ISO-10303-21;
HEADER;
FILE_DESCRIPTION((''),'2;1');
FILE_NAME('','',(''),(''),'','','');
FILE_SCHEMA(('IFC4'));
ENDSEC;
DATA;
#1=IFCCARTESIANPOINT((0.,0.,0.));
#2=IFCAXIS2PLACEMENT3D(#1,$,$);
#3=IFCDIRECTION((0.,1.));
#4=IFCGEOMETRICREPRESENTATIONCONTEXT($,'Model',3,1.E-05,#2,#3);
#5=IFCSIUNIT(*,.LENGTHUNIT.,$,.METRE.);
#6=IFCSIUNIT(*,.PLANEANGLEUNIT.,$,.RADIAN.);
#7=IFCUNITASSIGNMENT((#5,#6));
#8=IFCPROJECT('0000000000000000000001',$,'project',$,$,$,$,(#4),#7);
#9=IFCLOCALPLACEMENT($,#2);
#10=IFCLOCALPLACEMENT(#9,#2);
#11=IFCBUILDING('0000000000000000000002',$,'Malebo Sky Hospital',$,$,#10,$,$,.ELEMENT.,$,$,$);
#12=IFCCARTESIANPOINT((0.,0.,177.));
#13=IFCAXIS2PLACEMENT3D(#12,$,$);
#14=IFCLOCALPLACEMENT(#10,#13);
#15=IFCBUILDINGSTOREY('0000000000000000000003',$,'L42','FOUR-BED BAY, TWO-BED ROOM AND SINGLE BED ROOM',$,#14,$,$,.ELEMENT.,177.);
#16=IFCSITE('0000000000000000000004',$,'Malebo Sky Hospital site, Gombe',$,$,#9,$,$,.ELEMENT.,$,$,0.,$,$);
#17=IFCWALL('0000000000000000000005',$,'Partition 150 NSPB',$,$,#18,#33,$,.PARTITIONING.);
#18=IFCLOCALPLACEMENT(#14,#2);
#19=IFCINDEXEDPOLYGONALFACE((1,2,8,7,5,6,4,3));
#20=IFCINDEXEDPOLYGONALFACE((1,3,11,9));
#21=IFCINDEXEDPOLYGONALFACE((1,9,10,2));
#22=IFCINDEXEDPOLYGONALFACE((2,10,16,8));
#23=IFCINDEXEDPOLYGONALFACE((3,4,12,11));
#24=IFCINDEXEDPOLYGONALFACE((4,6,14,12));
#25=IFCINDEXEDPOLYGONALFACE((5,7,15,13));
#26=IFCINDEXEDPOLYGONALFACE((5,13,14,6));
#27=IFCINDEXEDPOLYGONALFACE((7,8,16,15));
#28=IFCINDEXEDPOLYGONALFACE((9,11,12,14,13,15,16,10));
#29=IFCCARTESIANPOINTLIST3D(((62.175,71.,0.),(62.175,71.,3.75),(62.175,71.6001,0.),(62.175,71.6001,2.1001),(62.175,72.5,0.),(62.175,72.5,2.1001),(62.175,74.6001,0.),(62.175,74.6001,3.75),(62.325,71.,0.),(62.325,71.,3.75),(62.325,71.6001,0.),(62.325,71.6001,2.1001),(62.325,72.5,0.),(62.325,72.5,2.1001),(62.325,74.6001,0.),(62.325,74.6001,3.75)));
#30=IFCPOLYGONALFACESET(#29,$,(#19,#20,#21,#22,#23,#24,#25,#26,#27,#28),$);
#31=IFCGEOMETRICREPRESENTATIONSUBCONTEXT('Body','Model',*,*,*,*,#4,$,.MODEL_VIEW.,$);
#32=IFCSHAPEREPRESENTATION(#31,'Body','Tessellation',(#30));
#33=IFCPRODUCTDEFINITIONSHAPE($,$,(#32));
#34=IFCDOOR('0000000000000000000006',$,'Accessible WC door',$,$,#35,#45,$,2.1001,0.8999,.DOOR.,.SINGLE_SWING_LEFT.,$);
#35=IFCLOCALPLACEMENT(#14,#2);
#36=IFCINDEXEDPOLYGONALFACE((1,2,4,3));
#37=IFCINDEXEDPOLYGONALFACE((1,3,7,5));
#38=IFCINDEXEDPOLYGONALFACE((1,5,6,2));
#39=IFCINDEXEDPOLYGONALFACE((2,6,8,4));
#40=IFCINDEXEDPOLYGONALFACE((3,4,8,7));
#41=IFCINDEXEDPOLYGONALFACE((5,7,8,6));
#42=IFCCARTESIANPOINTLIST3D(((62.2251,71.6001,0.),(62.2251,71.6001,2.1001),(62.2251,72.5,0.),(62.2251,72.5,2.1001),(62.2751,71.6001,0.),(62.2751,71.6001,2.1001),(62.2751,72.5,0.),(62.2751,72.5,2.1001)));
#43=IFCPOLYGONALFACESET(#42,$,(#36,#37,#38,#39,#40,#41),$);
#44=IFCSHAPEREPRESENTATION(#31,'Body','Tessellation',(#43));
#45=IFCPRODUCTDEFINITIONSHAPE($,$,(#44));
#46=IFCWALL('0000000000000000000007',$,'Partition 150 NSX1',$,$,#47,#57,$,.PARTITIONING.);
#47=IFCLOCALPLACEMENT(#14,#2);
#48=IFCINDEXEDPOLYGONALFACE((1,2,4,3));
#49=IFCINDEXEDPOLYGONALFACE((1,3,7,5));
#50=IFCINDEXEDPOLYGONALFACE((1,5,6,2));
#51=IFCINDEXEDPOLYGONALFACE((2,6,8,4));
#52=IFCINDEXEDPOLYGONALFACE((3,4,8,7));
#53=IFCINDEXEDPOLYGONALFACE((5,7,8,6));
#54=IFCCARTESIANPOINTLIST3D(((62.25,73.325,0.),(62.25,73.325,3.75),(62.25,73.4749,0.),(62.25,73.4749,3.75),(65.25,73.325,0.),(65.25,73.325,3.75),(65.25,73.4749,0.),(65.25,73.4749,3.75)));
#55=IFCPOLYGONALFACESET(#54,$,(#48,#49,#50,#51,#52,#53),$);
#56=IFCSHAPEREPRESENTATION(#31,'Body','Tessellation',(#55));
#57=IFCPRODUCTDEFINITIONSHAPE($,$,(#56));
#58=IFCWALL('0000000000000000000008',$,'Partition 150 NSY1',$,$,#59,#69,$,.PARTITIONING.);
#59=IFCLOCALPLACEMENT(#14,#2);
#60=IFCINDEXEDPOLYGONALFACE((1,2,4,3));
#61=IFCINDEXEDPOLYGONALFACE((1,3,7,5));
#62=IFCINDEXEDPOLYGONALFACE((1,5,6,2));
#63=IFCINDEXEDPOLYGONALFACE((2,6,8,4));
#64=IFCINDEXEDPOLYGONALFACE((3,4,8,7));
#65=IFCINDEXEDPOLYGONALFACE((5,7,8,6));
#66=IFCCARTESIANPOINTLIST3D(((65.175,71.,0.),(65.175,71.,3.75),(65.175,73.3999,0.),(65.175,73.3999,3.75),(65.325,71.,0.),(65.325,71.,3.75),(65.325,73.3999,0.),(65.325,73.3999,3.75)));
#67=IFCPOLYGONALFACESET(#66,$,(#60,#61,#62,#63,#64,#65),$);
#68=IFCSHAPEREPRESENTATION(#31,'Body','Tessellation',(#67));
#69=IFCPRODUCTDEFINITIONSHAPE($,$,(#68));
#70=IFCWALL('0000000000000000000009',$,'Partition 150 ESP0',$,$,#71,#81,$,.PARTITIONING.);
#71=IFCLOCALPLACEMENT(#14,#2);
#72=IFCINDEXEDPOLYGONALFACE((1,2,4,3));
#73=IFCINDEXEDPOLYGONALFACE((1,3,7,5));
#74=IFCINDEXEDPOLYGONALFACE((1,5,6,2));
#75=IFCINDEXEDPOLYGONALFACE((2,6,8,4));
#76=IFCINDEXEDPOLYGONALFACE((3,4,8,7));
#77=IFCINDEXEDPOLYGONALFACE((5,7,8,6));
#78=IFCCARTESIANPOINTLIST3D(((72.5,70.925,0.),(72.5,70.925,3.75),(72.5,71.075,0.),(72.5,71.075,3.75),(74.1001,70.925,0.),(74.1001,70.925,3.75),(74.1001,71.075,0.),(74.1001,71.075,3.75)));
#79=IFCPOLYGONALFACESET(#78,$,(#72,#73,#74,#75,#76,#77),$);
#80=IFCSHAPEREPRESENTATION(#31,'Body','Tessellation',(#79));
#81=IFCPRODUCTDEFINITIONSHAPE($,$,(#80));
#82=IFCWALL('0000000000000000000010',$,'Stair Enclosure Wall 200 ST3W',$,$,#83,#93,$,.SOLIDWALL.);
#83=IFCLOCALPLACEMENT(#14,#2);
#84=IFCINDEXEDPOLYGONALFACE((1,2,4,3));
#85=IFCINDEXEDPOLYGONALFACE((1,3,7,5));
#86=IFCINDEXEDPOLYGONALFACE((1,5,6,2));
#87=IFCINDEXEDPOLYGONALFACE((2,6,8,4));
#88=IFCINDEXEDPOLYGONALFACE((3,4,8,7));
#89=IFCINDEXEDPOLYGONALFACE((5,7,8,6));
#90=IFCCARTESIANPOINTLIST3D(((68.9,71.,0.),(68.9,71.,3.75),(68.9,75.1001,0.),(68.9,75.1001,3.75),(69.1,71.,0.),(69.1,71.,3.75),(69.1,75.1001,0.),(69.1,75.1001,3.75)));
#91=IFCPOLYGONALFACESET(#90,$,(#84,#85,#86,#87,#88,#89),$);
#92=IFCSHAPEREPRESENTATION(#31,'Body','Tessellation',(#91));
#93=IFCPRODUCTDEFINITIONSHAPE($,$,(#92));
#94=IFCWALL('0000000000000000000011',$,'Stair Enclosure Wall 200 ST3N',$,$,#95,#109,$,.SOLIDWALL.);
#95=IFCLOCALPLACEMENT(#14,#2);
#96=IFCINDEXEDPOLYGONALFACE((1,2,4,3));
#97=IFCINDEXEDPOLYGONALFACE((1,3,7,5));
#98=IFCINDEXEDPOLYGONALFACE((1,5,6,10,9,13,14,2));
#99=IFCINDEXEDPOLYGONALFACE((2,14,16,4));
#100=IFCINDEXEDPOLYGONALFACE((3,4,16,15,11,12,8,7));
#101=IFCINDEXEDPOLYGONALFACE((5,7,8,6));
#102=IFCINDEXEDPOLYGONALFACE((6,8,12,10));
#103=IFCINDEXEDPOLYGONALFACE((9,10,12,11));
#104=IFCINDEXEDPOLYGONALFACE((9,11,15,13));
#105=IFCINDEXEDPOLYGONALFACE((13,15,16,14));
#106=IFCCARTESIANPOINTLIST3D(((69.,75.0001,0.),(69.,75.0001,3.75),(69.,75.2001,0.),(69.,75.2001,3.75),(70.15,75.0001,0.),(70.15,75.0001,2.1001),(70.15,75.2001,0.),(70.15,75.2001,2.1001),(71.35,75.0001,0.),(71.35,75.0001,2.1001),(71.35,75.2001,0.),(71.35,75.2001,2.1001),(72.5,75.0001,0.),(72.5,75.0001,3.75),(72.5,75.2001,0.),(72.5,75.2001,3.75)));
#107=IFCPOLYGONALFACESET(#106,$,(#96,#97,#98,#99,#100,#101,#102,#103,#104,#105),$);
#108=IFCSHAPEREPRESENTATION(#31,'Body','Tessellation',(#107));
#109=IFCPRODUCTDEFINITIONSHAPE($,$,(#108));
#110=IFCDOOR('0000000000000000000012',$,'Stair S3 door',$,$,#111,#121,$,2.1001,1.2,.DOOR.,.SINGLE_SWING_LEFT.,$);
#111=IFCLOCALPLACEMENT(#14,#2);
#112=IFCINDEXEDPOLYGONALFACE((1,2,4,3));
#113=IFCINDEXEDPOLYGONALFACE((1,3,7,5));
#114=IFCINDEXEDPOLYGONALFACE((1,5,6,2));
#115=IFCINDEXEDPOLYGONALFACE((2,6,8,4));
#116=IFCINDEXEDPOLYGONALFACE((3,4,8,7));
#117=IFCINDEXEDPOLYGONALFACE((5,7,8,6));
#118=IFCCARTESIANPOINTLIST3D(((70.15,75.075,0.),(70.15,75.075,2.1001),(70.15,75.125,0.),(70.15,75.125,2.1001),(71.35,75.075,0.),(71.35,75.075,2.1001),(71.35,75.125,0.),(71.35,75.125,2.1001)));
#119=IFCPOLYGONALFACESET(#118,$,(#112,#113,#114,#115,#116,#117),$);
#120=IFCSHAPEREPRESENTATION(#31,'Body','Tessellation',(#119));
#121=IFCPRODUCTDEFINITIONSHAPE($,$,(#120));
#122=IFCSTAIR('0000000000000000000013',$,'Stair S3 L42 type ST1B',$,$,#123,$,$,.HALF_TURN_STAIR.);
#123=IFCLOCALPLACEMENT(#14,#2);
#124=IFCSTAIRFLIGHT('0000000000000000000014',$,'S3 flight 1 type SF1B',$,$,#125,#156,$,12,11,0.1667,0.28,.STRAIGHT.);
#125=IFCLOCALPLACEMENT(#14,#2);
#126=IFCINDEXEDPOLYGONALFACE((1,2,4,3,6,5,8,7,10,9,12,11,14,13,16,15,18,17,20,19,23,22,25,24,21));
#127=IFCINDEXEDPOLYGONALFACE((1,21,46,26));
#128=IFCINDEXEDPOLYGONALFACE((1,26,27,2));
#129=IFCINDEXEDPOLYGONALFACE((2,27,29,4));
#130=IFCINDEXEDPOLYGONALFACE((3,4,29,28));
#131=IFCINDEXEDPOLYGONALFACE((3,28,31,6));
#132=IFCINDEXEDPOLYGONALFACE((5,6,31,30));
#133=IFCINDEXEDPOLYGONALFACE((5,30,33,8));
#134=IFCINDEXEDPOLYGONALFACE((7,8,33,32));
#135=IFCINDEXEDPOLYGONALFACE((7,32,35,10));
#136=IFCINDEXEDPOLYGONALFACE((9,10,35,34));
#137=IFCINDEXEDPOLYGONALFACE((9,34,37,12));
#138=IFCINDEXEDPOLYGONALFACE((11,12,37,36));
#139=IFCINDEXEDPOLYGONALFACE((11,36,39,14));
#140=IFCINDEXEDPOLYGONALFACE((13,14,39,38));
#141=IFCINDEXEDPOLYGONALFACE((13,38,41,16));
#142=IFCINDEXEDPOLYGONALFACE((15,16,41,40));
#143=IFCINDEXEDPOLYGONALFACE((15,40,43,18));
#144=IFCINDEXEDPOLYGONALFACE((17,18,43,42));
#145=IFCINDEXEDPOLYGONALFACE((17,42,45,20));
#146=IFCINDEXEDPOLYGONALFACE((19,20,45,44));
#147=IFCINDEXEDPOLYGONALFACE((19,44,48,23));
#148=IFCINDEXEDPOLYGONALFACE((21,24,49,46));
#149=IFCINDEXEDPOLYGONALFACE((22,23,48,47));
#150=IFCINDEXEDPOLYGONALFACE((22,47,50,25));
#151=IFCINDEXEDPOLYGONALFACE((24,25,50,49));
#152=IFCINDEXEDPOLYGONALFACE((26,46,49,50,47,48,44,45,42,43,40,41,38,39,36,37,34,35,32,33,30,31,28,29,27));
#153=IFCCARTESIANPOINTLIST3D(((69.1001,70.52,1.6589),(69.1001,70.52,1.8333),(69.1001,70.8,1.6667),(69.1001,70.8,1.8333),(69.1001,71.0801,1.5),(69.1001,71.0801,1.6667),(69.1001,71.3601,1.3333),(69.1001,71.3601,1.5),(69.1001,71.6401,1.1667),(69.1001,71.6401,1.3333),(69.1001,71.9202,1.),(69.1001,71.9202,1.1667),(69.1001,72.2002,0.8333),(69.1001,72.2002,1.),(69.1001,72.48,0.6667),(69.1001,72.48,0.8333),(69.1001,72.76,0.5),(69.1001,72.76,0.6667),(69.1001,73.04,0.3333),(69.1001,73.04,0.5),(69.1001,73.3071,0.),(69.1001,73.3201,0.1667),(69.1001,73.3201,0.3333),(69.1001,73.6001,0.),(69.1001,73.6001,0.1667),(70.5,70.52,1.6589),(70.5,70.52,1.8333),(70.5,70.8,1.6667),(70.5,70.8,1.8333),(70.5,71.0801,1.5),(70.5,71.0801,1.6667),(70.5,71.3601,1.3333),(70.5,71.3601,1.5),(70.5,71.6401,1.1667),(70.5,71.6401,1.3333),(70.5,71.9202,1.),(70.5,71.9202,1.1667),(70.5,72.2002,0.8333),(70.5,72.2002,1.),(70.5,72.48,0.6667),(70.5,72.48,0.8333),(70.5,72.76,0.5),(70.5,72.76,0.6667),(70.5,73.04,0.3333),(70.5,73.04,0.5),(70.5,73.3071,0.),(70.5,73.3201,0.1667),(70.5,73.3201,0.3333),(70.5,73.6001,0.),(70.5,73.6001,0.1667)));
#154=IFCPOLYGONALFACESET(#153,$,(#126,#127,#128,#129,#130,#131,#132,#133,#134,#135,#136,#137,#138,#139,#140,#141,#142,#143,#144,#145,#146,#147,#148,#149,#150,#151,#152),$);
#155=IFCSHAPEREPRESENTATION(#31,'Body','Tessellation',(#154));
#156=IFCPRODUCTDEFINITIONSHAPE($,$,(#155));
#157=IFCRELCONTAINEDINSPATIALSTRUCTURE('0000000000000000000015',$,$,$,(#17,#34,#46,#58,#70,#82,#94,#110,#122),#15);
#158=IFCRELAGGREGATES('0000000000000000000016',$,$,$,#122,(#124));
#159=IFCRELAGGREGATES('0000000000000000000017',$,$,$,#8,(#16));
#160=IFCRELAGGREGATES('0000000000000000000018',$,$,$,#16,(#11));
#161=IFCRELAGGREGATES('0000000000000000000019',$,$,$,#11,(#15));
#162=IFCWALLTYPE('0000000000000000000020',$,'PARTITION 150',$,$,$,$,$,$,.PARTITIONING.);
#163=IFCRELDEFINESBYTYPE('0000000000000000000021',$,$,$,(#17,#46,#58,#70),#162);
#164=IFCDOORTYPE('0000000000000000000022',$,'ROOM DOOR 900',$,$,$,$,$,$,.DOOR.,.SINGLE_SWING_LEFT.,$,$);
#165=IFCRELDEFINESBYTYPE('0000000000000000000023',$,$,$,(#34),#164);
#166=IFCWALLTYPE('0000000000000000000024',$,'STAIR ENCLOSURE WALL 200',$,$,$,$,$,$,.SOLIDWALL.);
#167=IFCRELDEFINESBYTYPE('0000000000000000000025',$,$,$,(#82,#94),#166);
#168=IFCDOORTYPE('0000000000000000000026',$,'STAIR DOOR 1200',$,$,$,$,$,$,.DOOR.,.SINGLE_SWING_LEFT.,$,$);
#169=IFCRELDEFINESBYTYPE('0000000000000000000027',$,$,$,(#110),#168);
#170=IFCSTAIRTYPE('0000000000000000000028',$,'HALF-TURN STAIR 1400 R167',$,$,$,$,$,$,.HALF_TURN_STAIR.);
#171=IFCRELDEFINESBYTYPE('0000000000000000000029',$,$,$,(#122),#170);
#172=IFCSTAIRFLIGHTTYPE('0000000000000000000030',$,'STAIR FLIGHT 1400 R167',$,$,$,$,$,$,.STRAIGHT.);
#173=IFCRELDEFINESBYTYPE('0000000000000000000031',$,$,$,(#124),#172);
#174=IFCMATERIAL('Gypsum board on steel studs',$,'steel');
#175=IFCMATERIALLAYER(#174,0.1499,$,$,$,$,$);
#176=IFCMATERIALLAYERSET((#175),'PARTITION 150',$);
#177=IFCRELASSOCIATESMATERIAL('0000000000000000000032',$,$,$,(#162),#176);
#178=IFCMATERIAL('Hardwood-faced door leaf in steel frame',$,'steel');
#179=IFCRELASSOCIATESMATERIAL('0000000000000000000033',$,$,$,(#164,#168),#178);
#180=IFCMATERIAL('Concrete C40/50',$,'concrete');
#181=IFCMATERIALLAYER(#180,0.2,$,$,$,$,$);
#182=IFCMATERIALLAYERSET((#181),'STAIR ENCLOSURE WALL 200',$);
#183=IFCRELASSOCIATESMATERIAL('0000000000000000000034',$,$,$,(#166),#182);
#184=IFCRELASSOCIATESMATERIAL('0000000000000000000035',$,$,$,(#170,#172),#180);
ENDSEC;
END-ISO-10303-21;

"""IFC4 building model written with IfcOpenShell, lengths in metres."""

from ifc_helpers import new_model, si_unit, direction, frame, frame_2d, origin, place, context, subcontext, project, spatial, polyline, rectangle, outline, extrude, material, layer, layer_set, type_object, element, fill, aggregate, save


model = new_model("IFC4")

# Units and contexts
model_context = context("Model", 3, precision=1e-05, world=origin(), true_north=direction((0.0, 1.0)))
body_context = subcontext(model_context, "Body", "Model", "MODEL_VIEW")
ifc_project = project(units=[si_unit("LENGTHUNIT", "METRE"), si_unit("PLANEANGLEUNIT", "RADIAN")], contexts=[model_context])

# Site, building, storey
site_placement = place(None, origin())
site = spatial("IfcSite", under=ifc_project, at=site_placement, Name="Malebo Sky Hospital site, Gombe", CompositionType="ELEMENT", RefElevation=0.0)
building_placement = place(site_placement, origin())
building = spatial("IfcBuilding", under=site, at=building_placement, Name="Malebo Sky Hospital", CompositionType="ELEMENT")
storey_placement = place(building_placement, frame((0.0, 0.0, 177.0)))
storey = spatial("IfcBuildingStorey", under=building, at=storey_placement, Name="L42", Description="FOUR-BED BAY, TWO-BED ROOM AND SINGLE BED ROOM", CompositionType="ELEMENT", Elevation=177.0)

# Shared definitions
ifc_material_1 = material(Name="Gypsum board on steel studs", Category="steel")
ifc_material_2 = material(Name="Hardwood-faced door leaf in steel frame", Category="steel")

# Wall, opening, door
ifc_layer_1 = layer(ifc_material_1, 0.1499)
ifc_layer_set_1 = layer_set([ifc_layer_1], Name="PARTITION 150")
wall_type_1 = type_object("IfcWallType", Name="PARTITION 150", PredefinedType="PARTITIONING", material=ifc_layer_set_1)
wall_1_placement = place(storey_placement, frame((62.25, 71.0, 0.0), z_axis=(0.0, 0.0, 1.0), x_axis=(0.0, 1.0, 0.0)))
wall_1 = element("IfcWall", 1, at=wall_1_placement, inside=storey, type_object=wall_type_1, Name="Partition 150 NSPB", PredefinedType="PARTITIONING", context=body_context, shape_type="SweptSolid", body=[
    extrude(rectangle(XDim=3.6001, YDim=0.1499, at=frame_2d((1.8, 0.0))), origin(), (0.0, 0.0, 1.0), 3.75),
])
opening_1_placement = place(wall_1_placement, frame((0.6001, 0.0, 0.0)))
opening_1 = element("IfcOpeningElement", 2, at=opening_1_placement, cuts=wall_1, PredefinedType="OPENING", context=body_context, shape_type="SweptSolid", body=[
    extrude(rectangle(XDim=0.8999, YDim=2.1001, at=frame_2d((0.45, 1.05))), frame((0.0, 0.085, 0.0), z_axis=(0.0, -1.0, 0.0), x_axis=(1.0, 0.0, 0.0)), (0.0, 0.0, 1.0), 0.1699),
])
door_type_1 = type_object("IfcDoorType", Name="ROOM DOOR 900", OperationType="SINGLE_SWING_LEFT", PredefinedType="DOOR", material=ifc_material_2)
door_1_placement = place(opening_1_placement, origin())
door_1 = element("IfcDoor", 3, at=door_1_placement, inside=storey, type_object=door_type_1, Name="Accessible WC door", OperationType="SINGLE_SWING_LEFT", OverallHeight=2.1001, OverallWidth=0.8999, PredefinedType="DOOR", context=body_context, shape_type="SweptSolid", body=[
    extrude(rectangle(XDim=0.8999, YDim=2.1001, at=frame_2d((0.45, 1.05))), frame((0.0, 0.0249, 0.0), z_axis=(0.0, -1.0, 0.0), x_axis=(1.0, 0.0, 0.0)), (0.0, 0.0, 1.0), 0.05),
])
fill(opening_1, door_1)

# Walls
wall_2_placement = place(storey_placement, frame((62.25, 73.3999, 0.0), z_axis=(0.0, 0.0, 1.0), x_axis=(1.0, 0.0, 0.0)))
element("IfcWall", 4, at=wall_2_placement, inside=storey, type_object=wall_type_1, Name="Partition 150 NSX1", PredefinedType="PARTITIONING", context=body_context, shape_type="SweptSolid", body=[
    extrude(rectangle(XDim=3.0, YDim=0.1499, at=frame_2d((1.5, 0.0))), origin(), (0.0, 0.0, 1.0), 3.75),
])
wall_3_placement = place(storey_placement, frame((65.25, 71.0, 0.0), z_axis=(0.0, 0.0, 1.0), x_axis=(0.0, 1.0, 0.0)))
element("IfcWall", 5, at=wall_3_placement, inside=storey, type_object=wall_type_1, Name="Partition 150 NSY1", PredefinedType="PARTITIONING", context=body_context, shape_type="SweptSolid", body=[
    extrude(rectangle(XDim=2.3999, YDim=0.1499, at=frame_2d((1.2, 0.0))), origin(), (0.0, 0.0, 1.0), 3.75),
])
wall_4_placement = place(storey_placement, frame((72.5, 71.0, 0.0), z_axis=(0.0, 0.0, 1.0), x_axis=(1.0, 0.0, 0.0)))
element("IfcWall", 6, at=wall_4_placement, inside=storey, type_object=wall_type_1, Name="Partition 150 ESP0", PredefinedType="PARTITIONING", context=body_context, shape_type="SweptSolid", body=[
    extrude(rectangle(XDim=1.6001, YDim=0.1499, at=frame_2d((0.8, 0.0))), origin(), (0.0, 0.0, 1.0), 3.75),
])
ifc_material_3 = material(Name="Concrete C40/50", Category="concrete")
ifc_layer_2 = layer(ifc_material_3, 0.2)
ifc_layer_set_2 = layer_set([ifc_layer_2], Name="STAIR ENCLOSURE WALL 200")
wall_type_2 = type_object("IfcWallType", Name="STAIR ENCLOSURE WALL 200", PredefinedType="SOLIDWALL", material=ifc_layer_set_2)
wall_5_placement = place(storey_placement, frame((69.0, 71.0, 0.0), z_axis=(0.0, 0.0, 1.0), x_axis=(0.0, 1.0, 0.0)))
element("IfcWall", 7, at=wall_5_placement, inside=storey, type_object=wall_type_2, Name="Stair Enclosure Wall 200 ST3W", PredefinedType="SOLIDWALL", context=body_context, shape_type="SweptSolid", body=[
    extrude(rectangle(XDim=4.1001, YDim=0.2, at=frame_2d((2.05, 0.0))), origin(), (0.0, 0.0, 1.0), 3.75),
])

# Wall, opening, door
wall_6_placement = place(storey_placement, frame((69.0, 75.1001, 0.0), z_axis=(0.0, 0.0, 1.0), x_axis=(1.0, 0.0, 0.0)))
wall_6 = element("IfcWall", 8, at=wall_6_placement, inside=storey, type_object=wall_type_2, Name="Stair Enclosure Wall 200 ST3N", PredefinedType="SOLIDWALL", context=body_context, shape_type="SweptSolid", body=[
    extrude(rectangle(XDim=3.5, YDim=0.2, at=frame_2d((1.75, 0.0))), origin(), (0.0, 0.0, 1.0), 3.75),
])
opening_2_placement = place(wall_6_placement, frame((1.1499, 0.0, 0.0)))
opening_2 = element("IfcOpeningElement", 9, at=opening_2_placement, cuts=wall_6, PredefinedType="OPENING", context=body_context, shape_type="SweptSolid", body=[
    extrude(rectangle(XDim=1.2, YDim=2.1001, at=frame_2d((0.6001, 1.05))), frame((0.0, 0.1099, 0.0), z_axis=(0.0, -1.0, 0.0), x_axis=(1.0, 0.0, 0.0)), (0.0, 0.0, 1.0), 0.22),
])
door_type_2 = type_object("IfcDoorType", Name="STAIR DOOR 1200", OperationType="SINGLE_SWING_LEFT", PredefinedType="DOOR", material=ifc_material_2)
door_2_placement = place(opening_2_placement, origin())
door_2 = element("IfcDoor", 10, at=door_2_placement, inside=storey, type_object=door_type_2, Name="Stair S3 door", OperationType="SINGLE_SWING_LEFT", OverallHeight=2.1001, OverallWidth=1.2, PredefinedType="DOOR", context=body_context, shape_type="SweptSolid", body=[
    extrude(rectangle(XDim=1.2, YDim=2.1001, at=frame_2d((0.6001, 1.05))), frame((0.0, 0.0249, 0.0), z_axis=(0.0, -1.0, 0.0), x_axis=(1.0, 0.0, 0.0)), (0.0, 0.0, 1.0), 0.05),
])
fill(opening_2, door_2)

# Stair, stair flight
stair_type = type_object("IfcStairType", Name="HALF-TURN STAIR 1400 R167", PredefinedType="HALF_TURN_STAIR", material=ifc_material_3)
stair_placement = place(storey_placement, origin())
stair = element("IfcStair", 11, at=stair_placement, inside=storey, type_object=stair_type, Name="Stair S3 L42 type ST1B", PredefinedType="HALF_TURN_STAIR")
stair_flight_type = type_object("IfcStairFlightType", Name="STAIR FLIGHT 1400 R167", PredefinedType="STRAIGHT", material=ifc_material_3)
stair_flight_1_placement = place(storey_placement, frame((69.8, 73.6001, 0.0), z_axis=(0.0, 0.0, 1.0), x_axis=(0.0, -1.0, 0.0)))
stair_flight_1 = element("IfcStairFlight", 12, at=stair_flight_1_placement, type_object=stair_flight_type, Name="S3 flight 1 type SF1B", NumberOfRisers=12, NumberOfTreads=11, PredefinedType="STRAIGHT", RiserHeight=0.1667, TreadLength=0.28, context=body_context, shape_type="SweptSolid", body=[
    extrude(outline(polyline([(0.0, 0.0), (0.0, 0.1667), (0.28, 0.1667), (0.28, 0.3333), (0.5601, 0.3333), (0.5601, 0.5), (0.8401, 0.5), (0.8401, 0.6667), (1.1201, 0.6667), (1.1201, 0.8333), (1.3999, 0.8333), (1.3999, 1.0), (1.6799, 1.0), (1.6799, 1.1667), (1.96, 1.1667), (1.96, 1.3333), (2.24, 1.3333), (2.24, 1.5), (2.52, 1.5), (2.52, 1.6667), (2.8, 1.6667), (2.8, 1.8333), (3.0801, 1.8333), (3.0801, 2.0), (3.0801, 1.6589), (0.293, 0.0), (0.0, 0.0)])), frame((0.0, 0.7, 0.0), z_axis=(0.0, -1.0, 0.0), x_axis=(1.0, 0.0, 0.0)), (0.0, 0.0, 1.0), 1.3999),
])
aggregate(stair, [stair_flight_1])

save(model, "model.ifc")
